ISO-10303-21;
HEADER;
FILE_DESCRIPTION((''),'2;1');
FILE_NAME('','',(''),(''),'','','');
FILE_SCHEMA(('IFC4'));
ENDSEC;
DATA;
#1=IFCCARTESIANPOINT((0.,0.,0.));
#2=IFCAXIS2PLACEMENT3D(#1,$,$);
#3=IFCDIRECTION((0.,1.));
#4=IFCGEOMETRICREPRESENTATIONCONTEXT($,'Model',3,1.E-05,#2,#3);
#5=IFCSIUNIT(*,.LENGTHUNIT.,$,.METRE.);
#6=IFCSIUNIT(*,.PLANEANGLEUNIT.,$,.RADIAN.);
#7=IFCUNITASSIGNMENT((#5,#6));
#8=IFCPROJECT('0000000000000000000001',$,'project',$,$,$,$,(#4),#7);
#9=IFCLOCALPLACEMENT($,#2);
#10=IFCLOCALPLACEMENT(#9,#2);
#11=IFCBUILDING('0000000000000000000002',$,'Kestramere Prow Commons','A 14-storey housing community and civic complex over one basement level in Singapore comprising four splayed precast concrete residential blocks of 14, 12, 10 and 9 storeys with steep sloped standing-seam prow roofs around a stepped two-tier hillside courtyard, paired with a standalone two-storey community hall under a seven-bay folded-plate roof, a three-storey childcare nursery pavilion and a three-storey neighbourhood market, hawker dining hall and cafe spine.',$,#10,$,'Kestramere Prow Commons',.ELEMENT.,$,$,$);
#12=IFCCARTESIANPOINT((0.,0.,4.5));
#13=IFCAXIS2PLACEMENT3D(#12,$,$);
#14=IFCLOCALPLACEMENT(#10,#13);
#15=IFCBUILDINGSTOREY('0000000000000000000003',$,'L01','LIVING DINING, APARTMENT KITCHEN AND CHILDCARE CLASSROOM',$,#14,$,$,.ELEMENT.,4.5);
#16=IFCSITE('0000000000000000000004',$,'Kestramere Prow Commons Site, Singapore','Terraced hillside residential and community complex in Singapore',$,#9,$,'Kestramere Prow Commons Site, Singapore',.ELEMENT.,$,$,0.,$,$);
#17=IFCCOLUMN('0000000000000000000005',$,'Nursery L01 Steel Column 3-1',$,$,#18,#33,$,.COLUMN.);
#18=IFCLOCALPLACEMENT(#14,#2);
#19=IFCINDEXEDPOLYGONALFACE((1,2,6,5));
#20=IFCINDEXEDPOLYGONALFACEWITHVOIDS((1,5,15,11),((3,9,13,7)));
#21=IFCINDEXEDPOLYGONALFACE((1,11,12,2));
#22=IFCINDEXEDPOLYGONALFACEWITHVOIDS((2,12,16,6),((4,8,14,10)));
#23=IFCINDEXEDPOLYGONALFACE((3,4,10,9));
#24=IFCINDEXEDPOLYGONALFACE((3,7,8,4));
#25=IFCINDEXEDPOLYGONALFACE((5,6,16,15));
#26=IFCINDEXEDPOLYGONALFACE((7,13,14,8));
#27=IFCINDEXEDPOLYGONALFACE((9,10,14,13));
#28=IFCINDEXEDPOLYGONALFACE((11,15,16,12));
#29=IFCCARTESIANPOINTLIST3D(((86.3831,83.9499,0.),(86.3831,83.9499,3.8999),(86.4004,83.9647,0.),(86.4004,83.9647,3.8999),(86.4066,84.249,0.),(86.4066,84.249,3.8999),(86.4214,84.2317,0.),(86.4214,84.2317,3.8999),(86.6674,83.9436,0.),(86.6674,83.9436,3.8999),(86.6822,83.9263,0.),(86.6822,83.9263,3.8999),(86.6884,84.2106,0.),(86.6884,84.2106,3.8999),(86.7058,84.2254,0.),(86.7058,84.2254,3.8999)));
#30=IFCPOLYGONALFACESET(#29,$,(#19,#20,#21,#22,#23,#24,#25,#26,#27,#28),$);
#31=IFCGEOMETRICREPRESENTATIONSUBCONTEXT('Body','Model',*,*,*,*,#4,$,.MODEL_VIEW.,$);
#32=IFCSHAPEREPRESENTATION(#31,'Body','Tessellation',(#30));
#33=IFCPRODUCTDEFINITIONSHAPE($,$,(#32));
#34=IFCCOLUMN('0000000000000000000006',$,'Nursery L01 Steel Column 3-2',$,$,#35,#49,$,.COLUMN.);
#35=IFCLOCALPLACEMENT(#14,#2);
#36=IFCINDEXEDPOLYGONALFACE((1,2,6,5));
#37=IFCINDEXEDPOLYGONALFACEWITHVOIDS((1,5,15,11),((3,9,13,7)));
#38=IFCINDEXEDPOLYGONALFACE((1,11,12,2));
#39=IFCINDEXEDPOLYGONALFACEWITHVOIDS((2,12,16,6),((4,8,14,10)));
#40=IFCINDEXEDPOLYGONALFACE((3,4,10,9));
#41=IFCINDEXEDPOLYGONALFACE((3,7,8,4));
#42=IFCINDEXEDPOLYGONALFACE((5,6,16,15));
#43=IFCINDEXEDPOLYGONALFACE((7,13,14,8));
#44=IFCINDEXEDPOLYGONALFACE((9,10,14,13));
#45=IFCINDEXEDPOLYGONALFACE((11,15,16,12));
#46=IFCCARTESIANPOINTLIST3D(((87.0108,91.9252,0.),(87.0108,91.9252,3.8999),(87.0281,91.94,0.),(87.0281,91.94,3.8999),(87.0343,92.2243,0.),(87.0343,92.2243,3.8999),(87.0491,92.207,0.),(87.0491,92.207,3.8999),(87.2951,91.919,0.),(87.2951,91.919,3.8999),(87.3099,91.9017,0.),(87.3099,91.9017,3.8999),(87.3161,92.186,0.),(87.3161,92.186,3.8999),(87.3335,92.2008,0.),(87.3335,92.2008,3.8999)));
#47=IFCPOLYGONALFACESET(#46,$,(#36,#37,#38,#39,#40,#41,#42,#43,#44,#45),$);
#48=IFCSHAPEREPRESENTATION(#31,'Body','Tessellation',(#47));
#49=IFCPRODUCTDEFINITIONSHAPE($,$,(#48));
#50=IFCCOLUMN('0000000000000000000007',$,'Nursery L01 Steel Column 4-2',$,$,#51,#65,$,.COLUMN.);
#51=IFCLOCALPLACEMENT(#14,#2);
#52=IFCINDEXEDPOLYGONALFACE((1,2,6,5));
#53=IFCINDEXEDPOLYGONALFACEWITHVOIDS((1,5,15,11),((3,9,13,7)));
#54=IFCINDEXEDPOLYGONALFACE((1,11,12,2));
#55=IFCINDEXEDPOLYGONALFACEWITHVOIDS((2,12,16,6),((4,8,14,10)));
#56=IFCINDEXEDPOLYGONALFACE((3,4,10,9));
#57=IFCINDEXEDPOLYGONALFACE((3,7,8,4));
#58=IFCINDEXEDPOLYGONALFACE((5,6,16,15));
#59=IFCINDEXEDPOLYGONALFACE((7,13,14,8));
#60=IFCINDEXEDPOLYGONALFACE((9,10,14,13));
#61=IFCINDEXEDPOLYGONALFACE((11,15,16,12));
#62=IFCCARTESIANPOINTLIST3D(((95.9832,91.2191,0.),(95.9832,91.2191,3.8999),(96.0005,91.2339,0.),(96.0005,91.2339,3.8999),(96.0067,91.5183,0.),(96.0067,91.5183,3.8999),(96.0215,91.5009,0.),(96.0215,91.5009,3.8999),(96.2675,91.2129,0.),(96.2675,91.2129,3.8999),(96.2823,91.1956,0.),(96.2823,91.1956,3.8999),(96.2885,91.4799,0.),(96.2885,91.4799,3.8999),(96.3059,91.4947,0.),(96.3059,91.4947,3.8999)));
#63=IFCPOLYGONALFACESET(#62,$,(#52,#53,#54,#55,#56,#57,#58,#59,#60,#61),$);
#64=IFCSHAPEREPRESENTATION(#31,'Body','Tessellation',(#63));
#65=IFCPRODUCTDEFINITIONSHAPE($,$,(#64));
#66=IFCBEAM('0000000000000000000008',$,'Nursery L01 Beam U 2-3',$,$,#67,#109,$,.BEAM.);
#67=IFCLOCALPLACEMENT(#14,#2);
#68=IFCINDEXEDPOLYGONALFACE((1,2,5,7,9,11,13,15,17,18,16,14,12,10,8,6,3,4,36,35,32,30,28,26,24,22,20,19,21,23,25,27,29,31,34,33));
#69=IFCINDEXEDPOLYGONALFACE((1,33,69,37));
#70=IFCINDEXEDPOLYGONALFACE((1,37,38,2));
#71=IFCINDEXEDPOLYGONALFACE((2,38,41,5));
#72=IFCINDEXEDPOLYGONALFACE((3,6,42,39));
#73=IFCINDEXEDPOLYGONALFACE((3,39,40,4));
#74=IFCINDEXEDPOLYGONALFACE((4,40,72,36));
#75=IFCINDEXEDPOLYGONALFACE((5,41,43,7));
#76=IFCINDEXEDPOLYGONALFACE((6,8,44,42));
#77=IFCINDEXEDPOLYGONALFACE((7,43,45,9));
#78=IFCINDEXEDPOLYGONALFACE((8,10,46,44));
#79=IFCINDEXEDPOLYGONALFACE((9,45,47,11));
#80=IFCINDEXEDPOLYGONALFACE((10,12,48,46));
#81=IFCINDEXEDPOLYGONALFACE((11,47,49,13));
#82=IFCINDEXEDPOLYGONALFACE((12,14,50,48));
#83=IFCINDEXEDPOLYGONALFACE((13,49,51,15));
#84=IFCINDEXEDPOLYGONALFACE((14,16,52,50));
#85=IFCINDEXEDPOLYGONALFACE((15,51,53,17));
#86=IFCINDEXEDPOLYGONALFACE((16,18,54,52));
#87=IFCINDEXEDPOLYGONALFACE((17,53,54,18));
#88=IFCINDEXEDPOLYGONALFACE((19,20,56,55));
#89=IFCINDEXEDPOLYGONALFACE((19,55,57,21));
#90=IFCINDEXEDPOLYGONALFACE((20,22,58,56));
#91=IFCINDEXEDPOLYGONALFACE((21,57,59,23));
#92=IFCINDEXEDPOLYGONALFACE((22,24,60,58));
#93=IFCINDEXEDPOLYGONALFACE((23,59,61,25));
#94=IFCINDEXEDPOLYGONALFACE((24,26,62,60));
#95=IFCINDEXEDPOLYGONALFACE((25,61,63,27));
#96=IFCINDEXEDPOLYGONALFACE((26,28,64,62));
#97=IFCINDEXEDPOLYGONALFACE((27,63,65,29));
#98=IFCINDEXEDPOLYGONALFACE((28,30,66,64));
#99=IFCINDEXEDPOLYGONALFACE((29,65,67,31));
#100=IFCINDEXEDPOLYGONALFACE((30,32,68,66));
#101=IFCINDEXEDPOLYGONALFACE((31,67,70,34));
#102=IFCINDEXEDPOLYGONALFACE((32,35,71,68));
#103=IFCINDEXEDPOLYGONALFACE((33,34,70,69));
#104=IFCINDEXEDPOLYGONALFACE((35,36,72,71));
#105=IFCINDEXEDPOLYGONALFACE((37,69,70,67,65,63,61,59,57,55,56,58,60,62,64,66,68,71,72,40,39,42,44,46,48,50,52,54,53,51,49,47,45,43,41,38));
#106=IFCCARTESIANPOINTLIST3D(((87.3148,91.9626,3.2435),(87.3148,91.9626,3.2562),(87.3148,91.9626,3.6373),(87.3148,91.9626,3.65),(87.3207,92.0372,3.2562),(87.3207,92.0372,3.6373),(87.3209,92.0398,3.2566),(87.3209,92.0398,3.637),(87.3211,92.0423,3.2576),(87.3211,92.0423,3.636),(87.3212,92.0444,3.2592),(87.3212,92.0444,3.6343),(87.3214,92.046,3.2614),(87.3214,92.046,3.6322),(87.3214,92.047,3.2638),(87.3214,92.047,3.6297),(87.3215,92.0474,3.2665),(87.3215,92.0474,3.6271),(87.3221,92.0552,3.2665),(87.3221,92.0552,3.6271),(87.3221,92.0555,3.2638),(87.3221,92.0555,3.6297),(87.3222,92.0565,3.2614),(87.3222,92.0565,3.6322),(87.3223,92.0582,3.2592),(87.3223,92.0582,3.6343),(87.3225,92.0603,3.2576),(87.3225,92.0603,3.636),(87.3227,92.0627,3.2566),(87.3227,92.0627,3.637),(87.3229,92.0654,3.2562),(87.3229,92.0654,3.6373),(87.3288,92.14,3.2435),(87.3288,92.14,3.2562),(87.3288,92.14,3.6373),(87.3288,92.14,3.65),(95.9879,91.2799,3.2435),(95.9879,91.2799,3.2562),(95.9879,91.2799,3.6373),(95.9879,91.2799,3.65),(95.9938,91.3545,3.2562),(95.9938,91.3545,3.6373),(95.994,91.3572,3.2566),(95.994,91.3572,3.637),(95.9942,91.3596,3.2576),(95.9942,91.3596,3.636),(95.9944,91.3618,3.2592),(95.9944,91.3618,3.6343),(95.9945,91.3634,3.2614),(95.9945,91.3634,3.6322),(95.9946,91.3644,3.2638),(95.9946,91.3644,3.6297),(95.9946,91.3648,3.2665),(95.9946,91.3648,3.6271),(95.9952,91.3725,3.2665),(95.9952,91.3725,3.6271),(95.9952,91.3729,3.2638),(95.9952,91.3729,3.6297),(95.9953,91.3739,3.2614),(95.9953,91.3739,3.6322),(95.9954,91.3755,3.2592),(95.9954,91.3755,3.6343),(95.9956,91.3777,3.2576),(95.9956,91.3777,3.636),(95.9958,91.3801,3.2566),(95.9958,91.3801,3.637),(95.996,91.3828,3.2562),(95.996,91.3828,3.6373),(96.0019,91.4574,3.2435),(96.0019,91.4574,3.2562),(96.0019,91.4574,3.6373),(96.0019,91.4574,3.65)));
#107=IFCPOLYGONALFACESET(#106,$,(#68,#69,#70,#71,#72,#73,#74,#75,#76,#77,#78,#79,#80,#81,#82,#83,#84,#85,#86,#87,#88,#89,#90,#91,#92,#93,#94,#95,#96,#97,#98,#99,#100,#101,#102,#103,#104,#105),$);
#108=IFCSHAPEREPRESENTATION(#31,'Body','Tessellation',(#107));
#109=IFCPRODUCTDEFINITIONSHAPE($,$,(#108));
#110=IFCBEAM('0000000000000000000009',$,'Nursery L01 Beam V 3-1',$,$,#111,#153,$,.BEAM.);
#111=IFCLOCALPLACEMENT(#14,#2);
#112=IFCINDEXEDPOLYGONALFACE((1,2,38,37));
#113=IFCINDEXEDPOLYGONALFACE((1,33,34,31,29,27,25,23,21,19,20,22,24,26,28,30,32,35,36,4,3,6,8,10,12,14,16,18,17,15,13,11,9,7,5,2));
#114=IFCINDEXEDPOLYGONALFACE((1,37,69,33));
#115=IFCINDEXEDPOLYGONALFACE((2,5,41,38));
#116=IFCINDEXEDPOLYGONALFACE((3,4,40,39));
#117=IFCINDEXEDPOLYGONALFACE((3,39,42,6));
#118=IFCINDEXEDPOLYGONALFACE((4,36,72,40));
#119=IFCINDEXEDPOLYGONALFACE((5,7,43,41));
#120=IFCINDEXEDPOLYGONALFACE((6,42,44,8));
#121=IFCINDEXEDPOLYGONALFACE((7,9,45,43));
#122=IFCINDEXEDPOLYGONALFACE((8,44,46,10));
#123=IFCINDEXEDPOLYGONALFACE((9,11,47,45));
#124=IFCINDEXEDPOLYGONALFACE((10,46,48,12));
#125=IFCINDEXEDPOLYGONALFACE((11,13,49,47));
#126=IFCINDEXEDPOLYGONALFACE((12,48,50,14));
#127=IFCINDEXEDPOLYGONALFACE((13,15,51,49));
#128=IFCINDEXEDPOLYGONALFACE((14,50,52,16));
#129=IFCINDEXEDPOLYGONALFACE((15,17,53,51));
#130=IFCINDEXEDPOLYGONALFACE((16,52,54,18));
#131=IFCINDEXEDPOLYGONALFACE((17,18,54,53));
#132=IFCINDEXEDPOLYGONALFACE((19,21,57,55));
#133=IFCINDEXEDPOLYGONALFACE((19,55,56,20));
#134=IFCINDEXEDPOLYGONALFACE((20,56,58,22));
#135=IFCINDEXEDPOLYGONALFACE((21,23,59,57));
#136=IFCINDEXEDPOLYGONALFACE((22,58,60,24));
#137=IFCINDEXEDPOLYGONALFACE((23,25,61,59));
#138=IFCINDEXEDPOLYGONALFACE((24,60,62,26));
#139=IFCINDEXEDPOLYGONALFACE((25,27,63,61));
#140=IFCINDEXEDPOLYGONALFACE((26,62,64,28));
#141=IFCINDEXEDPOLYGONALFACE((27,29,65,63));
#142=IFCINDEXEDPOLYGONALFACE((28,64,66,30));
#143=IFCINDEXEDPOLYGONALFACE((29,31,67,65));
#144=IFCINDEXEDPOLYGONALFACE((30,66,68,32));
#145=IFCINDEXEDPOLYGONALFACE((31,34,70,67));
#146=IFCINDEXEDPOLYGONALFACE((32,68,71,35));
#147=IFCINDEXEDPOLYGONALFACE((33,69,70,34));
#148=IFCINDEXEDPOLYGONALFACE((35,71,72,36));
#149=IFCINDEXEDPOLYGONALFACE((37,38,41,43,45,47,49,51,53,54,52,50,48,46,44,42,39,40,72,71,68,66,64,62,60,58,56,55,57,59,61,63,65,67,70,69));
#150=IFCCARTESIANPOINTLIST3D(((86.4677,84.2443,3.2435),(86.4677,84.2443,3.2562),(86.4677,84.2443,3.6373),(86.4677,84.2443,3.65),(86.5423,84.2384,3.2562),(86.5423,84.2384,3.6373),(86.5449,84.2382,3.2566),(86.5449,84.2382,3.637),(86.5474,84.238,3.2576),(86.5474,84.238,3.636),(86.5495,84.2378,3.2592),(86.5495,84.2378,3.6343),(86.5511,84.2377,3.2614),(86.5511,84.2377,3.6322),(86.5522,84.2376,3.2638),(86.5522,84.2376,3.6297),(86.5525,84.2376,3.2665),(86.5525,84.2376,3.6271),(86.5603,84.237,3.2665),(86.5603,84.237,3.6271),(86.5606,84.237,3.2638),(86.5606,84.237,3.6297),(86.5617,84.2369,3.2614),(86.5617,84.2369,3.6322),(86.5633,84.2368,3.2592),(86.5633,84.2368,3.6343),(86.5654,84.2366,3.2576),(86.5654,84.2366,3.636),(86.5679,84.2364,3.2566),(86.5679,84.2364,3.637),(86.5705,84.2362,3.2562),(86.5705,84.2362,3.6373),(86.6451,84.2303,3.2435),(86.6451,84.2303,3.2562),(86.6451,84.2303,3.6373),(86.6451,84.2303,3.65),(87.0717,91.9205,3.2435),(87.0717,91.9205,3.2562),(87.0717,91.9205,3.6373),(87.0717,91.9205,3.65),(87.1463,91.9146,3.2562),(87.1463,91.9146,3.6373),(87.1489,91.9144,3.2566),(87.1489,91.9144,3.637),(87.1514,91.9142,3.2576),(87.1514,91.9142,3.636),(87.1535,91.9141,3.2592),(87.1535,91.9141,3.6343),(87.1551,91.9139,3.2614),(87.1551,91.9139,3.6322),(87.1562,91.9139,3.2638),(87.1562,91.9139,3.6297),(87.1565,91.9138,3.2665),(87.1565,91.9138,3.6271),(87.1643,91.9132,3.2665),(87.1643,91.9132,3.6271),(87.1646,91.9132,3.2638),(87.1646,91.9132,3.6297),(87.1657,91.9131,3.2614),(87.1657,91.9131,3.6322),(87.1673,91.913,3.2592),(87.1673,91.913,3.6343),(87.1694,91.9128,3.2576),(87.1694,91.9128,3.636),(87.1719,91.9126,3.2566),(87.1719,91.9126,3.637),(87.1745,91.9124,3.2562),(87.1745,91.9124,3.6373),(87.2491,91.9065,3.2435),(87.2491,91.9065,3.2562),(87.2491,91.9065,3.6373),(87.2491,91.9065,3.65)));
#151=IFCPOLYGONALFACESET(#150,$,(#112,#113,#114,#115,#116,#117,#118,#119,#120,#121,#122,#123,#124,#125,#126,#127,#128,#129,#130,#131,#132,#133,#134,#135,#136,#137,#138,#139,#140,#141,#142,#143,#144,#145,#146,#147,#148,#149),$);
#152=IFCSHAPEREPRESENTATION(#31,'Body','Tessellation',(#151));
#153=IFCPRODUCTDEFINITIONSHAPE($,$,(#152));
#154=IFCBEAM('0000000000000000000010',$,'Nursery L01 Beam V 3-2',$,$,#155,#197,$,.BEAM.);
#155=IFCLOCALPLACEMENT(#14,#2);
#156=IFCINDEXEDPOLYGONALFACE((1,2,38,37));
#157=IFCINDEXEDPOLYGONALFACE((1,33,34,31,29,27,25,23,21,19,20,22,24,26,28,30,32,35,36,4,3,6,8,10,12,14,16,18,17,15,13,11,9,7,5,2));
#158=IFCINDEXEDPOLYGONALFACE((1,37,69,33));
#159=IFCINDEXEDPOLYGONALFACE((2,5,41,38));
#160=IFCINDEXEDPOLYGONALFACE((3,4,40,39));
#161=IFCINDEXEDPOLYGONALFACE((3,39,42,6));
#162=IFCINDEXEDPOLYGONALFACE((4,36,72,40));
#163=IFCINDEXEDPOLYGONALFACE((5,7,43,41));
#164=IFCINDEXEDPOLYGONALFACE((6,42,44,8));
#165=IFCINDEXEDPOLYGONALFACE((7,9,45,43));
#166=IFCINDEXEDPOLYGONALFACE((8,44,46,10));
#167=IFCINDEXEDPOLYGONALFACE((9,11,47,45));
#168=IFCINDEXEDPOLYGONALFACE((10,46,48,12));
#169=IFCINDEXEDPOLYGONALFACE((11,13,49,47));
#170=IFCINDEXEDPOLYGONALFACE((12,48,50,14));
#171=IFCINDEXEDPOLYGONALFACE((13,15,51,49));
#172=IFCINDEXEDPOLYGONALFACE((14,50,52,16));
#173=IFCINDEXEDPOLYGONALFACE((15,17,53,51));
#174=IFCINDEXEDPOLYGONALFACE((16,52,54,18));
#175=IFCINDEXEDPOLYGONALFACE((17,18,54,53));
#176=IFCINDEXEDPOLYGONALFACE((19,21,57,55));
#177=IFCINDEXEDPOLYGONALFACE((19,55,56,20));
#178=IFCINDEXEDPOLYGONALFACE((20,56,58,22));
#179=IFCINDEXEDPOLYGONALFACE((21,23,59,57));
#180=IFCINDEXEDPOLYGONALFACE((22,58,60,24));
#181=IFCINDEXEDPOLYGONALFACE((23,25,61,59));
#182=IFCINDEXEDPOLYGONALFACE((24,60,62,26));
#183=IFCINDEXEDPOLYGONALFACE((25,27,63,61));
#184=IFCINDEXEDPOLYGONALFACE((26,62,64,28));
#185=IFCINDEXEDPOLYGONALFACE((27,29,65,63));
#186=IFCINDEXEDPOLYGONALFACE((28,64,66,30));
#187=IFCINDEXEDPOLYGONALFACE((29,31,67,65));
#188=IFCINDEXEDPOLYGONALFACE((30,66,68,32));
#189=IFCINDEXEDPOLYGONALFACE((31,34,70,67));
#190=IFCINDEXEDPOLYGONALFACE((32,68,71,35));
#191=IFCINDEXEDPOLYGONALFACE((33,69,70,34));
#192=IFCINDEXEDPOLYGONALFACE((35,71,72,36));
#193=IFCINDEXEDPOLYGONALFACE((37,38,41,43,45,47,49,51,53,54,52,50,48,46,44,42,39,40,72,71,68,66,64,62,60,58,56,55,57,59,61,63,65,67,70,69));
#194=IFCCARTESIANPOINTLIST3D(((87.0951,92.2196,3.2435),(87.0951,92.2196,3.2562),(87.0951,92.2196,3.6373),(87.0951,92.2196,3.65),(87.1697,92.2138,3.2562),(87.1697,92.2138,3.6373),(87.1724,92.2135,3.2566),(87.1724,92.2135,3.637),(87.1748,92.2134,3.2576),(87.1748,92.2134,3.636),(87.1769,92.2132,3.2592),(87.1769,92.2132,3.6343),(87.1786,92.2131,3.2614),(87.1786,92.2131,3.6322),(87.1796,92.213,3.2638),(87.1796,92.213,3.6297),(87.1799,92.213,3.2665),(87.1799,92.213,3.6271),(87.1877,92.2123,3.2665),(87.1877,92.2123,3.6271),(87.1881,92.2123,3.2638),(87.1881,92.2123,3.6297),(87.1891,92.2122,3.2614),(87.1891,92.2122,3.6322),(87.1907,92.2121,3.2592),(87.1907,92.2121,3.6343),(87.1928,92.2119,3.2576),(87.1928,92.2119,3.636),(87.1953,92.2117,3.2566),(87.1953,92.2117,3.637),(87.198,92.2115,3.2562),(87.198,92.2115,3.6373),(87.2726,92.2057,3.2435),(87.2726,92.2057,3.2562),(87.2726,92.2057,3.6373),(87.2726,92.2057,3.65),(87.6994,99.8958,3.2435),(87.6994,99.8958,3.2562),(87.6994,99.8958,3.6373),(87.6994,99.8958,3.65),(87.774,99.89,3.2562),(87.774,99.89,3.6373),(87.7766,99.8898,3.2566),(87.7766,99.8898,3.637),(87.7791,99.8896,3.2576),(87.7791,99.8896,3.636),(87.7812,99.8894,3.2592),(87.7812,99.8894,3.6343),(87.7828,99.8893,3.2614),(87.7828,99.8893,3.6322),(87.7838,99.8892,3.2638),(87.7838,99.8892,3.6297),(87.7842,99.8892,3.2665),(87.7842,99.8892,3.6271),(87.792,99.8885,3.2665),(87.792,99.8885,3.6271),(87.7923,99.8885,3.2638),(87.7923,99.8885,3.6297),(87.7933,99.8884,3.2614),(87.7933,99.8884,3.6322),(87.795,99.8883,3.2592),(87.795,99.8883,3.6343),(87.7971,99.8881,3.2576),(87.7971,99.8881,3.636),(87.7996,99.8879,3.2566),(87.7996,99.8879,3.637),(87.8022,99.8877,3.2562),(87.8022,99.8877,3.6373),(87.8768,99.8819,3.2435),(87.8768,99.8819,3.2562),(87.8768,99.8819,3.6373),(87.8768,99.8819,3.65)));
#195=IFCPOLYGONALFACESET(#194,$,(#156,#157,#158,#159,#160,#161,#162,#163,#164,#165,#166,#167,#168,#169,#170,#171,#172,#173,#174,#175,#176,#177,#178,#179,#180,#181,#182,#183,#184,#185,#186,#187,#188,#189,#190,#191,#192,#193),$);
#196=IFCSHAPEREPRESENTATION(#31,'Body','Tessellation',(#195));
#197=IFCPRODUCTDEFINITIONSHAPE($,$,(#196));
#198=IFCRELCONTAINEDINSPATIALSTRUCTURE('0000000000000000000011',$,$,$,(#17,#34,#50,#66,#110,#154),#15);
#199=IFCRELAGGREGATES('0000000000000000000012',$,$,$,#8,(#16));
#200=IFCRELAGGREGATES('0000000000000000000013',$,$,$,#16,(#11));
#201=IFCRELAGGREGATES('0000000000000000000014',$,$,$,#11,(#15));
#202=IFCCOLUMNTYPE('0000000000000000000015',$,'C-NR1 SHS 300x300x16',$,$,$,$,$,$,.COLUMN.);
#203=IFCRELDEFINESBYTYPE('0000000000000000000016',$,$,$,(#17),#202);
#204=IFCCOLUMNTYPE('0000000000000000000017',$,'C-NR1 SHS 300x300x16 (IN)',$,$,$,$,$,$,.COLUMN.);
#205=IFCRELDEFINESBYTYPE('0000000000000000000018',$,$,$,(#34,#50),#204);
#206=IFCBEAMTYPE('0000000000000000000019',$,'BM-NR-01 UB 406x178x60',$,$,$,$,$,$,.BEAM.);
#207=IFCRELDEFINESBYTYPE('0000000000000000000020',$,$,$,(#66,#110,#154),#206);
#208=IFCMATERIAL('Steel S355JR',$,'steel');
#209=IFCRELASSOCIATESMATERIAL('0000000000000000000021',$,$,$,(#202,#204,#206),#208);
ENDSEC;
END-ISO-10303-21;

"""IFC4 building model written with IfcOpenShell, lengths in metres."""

from ifc_helpers import new_model, si_unit, direction, frame, origin, origin_2d, place, context, subcontext, project, spatial, hollow_rectangle, i_section, extrude, material, material_profile, profile_set, type_object, element, save


model = new_model("IFC4")

# Units and contexts
model_context = context("Model", 3, precision=1e-05, world=origin(), true_north=direction((0.0, 1.0)))
body_context = subcontext(model_context, "Body", "Model", "MODEL_VIEW")
ifc_project = project(units=[si_unit("LENGTHUNIT", "METRE"), si_unit("PLANEANGLEUNIT", "RADIAN")], contexts=[model_context])

# Site, building, storey
site_placement = place(None, origin())
site = spatial("IfcSite", under=ifc_project, at=site_placement, Name="Kestramere Prow Commons Site, Singapore", Description="Terraced hillside residential and community complex in Singapore", LongName="Kestramere Prow Commons Site, Singapore", CompositionType="ELEMENT", RefElevation=0.0)
building_placement = place(site_placement, origin())
building = spatial("IfcBuilding", under=site, at=building_placement, Name="Kestramere Prow Commons", Description="A 14-storey housing community and civic complex over one basement level in Singapore comprising four splayed precast concrete residential blocks of 14, 12, 10 and 9 storeys with steep sloped standing-seam prow roofs around a stepped two-tier hillside courtyard, paired with a standalone two-storey community hall under a seven-bay folded-plate roof, a three-storey childcare nursery pavilion and a three-storey neighbourhood market, hawker dining hall and cafe spine.", LongName="Kestramere Prow Commons", CompositionType="ELEMENT")
storey_placement = place(building_placement, frame((0.0, 0.0, 4.5)))
storey = spatial("IfcBuildingStorey", under=building, at=storey_placement, Name="L01", Description="LIVING DINING, APARTMENT KITCHEN AND CHILDCARE CLASSROOM", CompositionType="ELEMENT", Elevation=4.5)

# Columns
ifc_material_1 = material(Name="Steel S355JR", Category="steel")
ifc_material_profile_1 = material_profile(ifc_material_1, hollow_rectangle(XDim=0.3, YDim=0.3, WallThickness=0.0161, at=origin_2d()), Name="SHS 300x300x16")
ifc_profile_set_1 = profile_set([ifc_material_profile_1], Name="Steel S355JR")
column_type_1 = type_object("IfcColumnType", Name="C-NR1 SHS 300x300x16", PredefinedType="COLUMN", material=ifc_profile_set_1)
column_placement = place(storey_placement, frame((86.5444, 84.0876, 0.0), z_axis=(0.0, 0.0, 1.0), x_axis=(0.996917, -0.078459, 0.0)))
element("IfcColumn", 1, at=column_placement, inside=storey, type_object=column_type_1, Name="Nursery L01 Steel Column 3-1", PredefinedType="COLUMN", context=body_context, shape_type="SweptSolid", body=[
    extrude(hollow_rectangle(XDim=0.3, YDim=0.3, WallThickness=0.0161, at=origin_2d()), origin(), (0.0, 0.0, 1.0), 3.8999),
])
ifc_material_profile_2 = material_profile(ifc_material_1, hollow_rectangle(XDim=0.3, YDim=0.3, WallThickness=0.0161, at=origin_2d()), Name="SHS 300x300x16")
ifc_profile_set_2 = profile_set([ifc_material_profile_2], Name="Steel S355JR")
column_type_2 = type_object("IfcColumnType", Name="C-NR1 SHS 300x300x16 (IN)", PredefinedType="COLUMN", material=ifc_profile_set_2)
for number, where, z_axis, x_axis, name in (
    (2, (87.1721, 92.063, 0.0), (0.0, 0.0, 1.0), (0.996917, -0.078459, 0.0), "Nursery L01 Steel Column 3-2"),
    (3, (96.1445, 91.3569, 0.0), (0.0, 0.0, 1.0), (0.996917, -0.078459, 0.0), "Nursery L01 Steel Column 4-2"),
):
    element("IfcColumn", number, at=place(storey_placement, frame(where, z_axis=z_axis, x_axis=x_axis)), inside=storey, type_object=column_type_2, Name=name, PredefinedType="COLUMN", context=body_context, shape_type="SweptSolid", body=[
        extrude(hollow_rectangle(XDim=0.3, YDim=0.3, WallThickness=0.0161, at=origin_2d()), origin(), (0.0, 0.0, 1.0), 3.8999),
    ])

# Beams
ifc_material_profile_3 = material_profile(ifc_material_1, i_section(OverallWidth=0.178, OverallDepth=0.4065, WebThickness=0.0078, FlangeThickness=0.0127, FilletRadius=0.0103, at=origin_2d()), Name="UB 406x178x60")
ifc_profile_set_3 = profile_set([ifc_material_profile_3], Name="Steel S355JR")
beam_type_1 = type_object("IfcBeamType", Name="BM-NR-01 UB 406x178x60", PredefinedType="BEAM", material=ifc_profile_set_3)
beam_1_placement = place(storey_placement, frame((87.3218, 92.0513, 3.4468), z_axis=(0.996917, -0.078462, 0.0), x_axis=(0.078462, 0.996917, 0.0)))
element("IfcBeam", 4, at=beam_1_placement, inside=storey, type_object=beam_type_1, Name="Nursery L01 Beam U 2-3", PredefinedType="BEAM", context=body_context, shape_type="SweptSolid", body=[
    extrude(i_section(OverallWidth=0.178, OverallDepth=0.4065, WebThickness=0.0078, FlangeThickness=0.0127, FilletRadius=0.0103, at=origin_2d()), origin(), (0.0, 0.0, 1.0), 8.7),
])
for number, where, z_axis, x_axis, name in (
    (5, (86.5564, 84.2373, 3.4468), (0.078442, 0.996919, 0.0), (-0.996919, 0.078442, 0.0), "Nursery L01 Beam V 3-1"),
    (6, (87.1838, 92.2126, 3.4468), (0.078474, 0.996916, 0.0), (-0.996916, 0.078474, 0.0), "Nursery L01 Beam V 3-2"),
):
    element("IfcBeam", number, at=place(storey_placement, frame(where, z_axis=z_axis, x_axis=x_axis)), inside=storey, type_object=beam_type_1, Name=name, PredefinedType="BEAM", context=body_context, shape_type="SweptSolid", body=[
        extrude(i_section(OverallWidth=0.178, OverallDepth=0.4065, WebThickness=0.0078, FlangeThickness=0.0127, FilletRadius=0.0103, at=origin_2d()), origin(), (0.0, 0.0, 1.0), 7.7),
    ])

save(model, "model.ifc")
